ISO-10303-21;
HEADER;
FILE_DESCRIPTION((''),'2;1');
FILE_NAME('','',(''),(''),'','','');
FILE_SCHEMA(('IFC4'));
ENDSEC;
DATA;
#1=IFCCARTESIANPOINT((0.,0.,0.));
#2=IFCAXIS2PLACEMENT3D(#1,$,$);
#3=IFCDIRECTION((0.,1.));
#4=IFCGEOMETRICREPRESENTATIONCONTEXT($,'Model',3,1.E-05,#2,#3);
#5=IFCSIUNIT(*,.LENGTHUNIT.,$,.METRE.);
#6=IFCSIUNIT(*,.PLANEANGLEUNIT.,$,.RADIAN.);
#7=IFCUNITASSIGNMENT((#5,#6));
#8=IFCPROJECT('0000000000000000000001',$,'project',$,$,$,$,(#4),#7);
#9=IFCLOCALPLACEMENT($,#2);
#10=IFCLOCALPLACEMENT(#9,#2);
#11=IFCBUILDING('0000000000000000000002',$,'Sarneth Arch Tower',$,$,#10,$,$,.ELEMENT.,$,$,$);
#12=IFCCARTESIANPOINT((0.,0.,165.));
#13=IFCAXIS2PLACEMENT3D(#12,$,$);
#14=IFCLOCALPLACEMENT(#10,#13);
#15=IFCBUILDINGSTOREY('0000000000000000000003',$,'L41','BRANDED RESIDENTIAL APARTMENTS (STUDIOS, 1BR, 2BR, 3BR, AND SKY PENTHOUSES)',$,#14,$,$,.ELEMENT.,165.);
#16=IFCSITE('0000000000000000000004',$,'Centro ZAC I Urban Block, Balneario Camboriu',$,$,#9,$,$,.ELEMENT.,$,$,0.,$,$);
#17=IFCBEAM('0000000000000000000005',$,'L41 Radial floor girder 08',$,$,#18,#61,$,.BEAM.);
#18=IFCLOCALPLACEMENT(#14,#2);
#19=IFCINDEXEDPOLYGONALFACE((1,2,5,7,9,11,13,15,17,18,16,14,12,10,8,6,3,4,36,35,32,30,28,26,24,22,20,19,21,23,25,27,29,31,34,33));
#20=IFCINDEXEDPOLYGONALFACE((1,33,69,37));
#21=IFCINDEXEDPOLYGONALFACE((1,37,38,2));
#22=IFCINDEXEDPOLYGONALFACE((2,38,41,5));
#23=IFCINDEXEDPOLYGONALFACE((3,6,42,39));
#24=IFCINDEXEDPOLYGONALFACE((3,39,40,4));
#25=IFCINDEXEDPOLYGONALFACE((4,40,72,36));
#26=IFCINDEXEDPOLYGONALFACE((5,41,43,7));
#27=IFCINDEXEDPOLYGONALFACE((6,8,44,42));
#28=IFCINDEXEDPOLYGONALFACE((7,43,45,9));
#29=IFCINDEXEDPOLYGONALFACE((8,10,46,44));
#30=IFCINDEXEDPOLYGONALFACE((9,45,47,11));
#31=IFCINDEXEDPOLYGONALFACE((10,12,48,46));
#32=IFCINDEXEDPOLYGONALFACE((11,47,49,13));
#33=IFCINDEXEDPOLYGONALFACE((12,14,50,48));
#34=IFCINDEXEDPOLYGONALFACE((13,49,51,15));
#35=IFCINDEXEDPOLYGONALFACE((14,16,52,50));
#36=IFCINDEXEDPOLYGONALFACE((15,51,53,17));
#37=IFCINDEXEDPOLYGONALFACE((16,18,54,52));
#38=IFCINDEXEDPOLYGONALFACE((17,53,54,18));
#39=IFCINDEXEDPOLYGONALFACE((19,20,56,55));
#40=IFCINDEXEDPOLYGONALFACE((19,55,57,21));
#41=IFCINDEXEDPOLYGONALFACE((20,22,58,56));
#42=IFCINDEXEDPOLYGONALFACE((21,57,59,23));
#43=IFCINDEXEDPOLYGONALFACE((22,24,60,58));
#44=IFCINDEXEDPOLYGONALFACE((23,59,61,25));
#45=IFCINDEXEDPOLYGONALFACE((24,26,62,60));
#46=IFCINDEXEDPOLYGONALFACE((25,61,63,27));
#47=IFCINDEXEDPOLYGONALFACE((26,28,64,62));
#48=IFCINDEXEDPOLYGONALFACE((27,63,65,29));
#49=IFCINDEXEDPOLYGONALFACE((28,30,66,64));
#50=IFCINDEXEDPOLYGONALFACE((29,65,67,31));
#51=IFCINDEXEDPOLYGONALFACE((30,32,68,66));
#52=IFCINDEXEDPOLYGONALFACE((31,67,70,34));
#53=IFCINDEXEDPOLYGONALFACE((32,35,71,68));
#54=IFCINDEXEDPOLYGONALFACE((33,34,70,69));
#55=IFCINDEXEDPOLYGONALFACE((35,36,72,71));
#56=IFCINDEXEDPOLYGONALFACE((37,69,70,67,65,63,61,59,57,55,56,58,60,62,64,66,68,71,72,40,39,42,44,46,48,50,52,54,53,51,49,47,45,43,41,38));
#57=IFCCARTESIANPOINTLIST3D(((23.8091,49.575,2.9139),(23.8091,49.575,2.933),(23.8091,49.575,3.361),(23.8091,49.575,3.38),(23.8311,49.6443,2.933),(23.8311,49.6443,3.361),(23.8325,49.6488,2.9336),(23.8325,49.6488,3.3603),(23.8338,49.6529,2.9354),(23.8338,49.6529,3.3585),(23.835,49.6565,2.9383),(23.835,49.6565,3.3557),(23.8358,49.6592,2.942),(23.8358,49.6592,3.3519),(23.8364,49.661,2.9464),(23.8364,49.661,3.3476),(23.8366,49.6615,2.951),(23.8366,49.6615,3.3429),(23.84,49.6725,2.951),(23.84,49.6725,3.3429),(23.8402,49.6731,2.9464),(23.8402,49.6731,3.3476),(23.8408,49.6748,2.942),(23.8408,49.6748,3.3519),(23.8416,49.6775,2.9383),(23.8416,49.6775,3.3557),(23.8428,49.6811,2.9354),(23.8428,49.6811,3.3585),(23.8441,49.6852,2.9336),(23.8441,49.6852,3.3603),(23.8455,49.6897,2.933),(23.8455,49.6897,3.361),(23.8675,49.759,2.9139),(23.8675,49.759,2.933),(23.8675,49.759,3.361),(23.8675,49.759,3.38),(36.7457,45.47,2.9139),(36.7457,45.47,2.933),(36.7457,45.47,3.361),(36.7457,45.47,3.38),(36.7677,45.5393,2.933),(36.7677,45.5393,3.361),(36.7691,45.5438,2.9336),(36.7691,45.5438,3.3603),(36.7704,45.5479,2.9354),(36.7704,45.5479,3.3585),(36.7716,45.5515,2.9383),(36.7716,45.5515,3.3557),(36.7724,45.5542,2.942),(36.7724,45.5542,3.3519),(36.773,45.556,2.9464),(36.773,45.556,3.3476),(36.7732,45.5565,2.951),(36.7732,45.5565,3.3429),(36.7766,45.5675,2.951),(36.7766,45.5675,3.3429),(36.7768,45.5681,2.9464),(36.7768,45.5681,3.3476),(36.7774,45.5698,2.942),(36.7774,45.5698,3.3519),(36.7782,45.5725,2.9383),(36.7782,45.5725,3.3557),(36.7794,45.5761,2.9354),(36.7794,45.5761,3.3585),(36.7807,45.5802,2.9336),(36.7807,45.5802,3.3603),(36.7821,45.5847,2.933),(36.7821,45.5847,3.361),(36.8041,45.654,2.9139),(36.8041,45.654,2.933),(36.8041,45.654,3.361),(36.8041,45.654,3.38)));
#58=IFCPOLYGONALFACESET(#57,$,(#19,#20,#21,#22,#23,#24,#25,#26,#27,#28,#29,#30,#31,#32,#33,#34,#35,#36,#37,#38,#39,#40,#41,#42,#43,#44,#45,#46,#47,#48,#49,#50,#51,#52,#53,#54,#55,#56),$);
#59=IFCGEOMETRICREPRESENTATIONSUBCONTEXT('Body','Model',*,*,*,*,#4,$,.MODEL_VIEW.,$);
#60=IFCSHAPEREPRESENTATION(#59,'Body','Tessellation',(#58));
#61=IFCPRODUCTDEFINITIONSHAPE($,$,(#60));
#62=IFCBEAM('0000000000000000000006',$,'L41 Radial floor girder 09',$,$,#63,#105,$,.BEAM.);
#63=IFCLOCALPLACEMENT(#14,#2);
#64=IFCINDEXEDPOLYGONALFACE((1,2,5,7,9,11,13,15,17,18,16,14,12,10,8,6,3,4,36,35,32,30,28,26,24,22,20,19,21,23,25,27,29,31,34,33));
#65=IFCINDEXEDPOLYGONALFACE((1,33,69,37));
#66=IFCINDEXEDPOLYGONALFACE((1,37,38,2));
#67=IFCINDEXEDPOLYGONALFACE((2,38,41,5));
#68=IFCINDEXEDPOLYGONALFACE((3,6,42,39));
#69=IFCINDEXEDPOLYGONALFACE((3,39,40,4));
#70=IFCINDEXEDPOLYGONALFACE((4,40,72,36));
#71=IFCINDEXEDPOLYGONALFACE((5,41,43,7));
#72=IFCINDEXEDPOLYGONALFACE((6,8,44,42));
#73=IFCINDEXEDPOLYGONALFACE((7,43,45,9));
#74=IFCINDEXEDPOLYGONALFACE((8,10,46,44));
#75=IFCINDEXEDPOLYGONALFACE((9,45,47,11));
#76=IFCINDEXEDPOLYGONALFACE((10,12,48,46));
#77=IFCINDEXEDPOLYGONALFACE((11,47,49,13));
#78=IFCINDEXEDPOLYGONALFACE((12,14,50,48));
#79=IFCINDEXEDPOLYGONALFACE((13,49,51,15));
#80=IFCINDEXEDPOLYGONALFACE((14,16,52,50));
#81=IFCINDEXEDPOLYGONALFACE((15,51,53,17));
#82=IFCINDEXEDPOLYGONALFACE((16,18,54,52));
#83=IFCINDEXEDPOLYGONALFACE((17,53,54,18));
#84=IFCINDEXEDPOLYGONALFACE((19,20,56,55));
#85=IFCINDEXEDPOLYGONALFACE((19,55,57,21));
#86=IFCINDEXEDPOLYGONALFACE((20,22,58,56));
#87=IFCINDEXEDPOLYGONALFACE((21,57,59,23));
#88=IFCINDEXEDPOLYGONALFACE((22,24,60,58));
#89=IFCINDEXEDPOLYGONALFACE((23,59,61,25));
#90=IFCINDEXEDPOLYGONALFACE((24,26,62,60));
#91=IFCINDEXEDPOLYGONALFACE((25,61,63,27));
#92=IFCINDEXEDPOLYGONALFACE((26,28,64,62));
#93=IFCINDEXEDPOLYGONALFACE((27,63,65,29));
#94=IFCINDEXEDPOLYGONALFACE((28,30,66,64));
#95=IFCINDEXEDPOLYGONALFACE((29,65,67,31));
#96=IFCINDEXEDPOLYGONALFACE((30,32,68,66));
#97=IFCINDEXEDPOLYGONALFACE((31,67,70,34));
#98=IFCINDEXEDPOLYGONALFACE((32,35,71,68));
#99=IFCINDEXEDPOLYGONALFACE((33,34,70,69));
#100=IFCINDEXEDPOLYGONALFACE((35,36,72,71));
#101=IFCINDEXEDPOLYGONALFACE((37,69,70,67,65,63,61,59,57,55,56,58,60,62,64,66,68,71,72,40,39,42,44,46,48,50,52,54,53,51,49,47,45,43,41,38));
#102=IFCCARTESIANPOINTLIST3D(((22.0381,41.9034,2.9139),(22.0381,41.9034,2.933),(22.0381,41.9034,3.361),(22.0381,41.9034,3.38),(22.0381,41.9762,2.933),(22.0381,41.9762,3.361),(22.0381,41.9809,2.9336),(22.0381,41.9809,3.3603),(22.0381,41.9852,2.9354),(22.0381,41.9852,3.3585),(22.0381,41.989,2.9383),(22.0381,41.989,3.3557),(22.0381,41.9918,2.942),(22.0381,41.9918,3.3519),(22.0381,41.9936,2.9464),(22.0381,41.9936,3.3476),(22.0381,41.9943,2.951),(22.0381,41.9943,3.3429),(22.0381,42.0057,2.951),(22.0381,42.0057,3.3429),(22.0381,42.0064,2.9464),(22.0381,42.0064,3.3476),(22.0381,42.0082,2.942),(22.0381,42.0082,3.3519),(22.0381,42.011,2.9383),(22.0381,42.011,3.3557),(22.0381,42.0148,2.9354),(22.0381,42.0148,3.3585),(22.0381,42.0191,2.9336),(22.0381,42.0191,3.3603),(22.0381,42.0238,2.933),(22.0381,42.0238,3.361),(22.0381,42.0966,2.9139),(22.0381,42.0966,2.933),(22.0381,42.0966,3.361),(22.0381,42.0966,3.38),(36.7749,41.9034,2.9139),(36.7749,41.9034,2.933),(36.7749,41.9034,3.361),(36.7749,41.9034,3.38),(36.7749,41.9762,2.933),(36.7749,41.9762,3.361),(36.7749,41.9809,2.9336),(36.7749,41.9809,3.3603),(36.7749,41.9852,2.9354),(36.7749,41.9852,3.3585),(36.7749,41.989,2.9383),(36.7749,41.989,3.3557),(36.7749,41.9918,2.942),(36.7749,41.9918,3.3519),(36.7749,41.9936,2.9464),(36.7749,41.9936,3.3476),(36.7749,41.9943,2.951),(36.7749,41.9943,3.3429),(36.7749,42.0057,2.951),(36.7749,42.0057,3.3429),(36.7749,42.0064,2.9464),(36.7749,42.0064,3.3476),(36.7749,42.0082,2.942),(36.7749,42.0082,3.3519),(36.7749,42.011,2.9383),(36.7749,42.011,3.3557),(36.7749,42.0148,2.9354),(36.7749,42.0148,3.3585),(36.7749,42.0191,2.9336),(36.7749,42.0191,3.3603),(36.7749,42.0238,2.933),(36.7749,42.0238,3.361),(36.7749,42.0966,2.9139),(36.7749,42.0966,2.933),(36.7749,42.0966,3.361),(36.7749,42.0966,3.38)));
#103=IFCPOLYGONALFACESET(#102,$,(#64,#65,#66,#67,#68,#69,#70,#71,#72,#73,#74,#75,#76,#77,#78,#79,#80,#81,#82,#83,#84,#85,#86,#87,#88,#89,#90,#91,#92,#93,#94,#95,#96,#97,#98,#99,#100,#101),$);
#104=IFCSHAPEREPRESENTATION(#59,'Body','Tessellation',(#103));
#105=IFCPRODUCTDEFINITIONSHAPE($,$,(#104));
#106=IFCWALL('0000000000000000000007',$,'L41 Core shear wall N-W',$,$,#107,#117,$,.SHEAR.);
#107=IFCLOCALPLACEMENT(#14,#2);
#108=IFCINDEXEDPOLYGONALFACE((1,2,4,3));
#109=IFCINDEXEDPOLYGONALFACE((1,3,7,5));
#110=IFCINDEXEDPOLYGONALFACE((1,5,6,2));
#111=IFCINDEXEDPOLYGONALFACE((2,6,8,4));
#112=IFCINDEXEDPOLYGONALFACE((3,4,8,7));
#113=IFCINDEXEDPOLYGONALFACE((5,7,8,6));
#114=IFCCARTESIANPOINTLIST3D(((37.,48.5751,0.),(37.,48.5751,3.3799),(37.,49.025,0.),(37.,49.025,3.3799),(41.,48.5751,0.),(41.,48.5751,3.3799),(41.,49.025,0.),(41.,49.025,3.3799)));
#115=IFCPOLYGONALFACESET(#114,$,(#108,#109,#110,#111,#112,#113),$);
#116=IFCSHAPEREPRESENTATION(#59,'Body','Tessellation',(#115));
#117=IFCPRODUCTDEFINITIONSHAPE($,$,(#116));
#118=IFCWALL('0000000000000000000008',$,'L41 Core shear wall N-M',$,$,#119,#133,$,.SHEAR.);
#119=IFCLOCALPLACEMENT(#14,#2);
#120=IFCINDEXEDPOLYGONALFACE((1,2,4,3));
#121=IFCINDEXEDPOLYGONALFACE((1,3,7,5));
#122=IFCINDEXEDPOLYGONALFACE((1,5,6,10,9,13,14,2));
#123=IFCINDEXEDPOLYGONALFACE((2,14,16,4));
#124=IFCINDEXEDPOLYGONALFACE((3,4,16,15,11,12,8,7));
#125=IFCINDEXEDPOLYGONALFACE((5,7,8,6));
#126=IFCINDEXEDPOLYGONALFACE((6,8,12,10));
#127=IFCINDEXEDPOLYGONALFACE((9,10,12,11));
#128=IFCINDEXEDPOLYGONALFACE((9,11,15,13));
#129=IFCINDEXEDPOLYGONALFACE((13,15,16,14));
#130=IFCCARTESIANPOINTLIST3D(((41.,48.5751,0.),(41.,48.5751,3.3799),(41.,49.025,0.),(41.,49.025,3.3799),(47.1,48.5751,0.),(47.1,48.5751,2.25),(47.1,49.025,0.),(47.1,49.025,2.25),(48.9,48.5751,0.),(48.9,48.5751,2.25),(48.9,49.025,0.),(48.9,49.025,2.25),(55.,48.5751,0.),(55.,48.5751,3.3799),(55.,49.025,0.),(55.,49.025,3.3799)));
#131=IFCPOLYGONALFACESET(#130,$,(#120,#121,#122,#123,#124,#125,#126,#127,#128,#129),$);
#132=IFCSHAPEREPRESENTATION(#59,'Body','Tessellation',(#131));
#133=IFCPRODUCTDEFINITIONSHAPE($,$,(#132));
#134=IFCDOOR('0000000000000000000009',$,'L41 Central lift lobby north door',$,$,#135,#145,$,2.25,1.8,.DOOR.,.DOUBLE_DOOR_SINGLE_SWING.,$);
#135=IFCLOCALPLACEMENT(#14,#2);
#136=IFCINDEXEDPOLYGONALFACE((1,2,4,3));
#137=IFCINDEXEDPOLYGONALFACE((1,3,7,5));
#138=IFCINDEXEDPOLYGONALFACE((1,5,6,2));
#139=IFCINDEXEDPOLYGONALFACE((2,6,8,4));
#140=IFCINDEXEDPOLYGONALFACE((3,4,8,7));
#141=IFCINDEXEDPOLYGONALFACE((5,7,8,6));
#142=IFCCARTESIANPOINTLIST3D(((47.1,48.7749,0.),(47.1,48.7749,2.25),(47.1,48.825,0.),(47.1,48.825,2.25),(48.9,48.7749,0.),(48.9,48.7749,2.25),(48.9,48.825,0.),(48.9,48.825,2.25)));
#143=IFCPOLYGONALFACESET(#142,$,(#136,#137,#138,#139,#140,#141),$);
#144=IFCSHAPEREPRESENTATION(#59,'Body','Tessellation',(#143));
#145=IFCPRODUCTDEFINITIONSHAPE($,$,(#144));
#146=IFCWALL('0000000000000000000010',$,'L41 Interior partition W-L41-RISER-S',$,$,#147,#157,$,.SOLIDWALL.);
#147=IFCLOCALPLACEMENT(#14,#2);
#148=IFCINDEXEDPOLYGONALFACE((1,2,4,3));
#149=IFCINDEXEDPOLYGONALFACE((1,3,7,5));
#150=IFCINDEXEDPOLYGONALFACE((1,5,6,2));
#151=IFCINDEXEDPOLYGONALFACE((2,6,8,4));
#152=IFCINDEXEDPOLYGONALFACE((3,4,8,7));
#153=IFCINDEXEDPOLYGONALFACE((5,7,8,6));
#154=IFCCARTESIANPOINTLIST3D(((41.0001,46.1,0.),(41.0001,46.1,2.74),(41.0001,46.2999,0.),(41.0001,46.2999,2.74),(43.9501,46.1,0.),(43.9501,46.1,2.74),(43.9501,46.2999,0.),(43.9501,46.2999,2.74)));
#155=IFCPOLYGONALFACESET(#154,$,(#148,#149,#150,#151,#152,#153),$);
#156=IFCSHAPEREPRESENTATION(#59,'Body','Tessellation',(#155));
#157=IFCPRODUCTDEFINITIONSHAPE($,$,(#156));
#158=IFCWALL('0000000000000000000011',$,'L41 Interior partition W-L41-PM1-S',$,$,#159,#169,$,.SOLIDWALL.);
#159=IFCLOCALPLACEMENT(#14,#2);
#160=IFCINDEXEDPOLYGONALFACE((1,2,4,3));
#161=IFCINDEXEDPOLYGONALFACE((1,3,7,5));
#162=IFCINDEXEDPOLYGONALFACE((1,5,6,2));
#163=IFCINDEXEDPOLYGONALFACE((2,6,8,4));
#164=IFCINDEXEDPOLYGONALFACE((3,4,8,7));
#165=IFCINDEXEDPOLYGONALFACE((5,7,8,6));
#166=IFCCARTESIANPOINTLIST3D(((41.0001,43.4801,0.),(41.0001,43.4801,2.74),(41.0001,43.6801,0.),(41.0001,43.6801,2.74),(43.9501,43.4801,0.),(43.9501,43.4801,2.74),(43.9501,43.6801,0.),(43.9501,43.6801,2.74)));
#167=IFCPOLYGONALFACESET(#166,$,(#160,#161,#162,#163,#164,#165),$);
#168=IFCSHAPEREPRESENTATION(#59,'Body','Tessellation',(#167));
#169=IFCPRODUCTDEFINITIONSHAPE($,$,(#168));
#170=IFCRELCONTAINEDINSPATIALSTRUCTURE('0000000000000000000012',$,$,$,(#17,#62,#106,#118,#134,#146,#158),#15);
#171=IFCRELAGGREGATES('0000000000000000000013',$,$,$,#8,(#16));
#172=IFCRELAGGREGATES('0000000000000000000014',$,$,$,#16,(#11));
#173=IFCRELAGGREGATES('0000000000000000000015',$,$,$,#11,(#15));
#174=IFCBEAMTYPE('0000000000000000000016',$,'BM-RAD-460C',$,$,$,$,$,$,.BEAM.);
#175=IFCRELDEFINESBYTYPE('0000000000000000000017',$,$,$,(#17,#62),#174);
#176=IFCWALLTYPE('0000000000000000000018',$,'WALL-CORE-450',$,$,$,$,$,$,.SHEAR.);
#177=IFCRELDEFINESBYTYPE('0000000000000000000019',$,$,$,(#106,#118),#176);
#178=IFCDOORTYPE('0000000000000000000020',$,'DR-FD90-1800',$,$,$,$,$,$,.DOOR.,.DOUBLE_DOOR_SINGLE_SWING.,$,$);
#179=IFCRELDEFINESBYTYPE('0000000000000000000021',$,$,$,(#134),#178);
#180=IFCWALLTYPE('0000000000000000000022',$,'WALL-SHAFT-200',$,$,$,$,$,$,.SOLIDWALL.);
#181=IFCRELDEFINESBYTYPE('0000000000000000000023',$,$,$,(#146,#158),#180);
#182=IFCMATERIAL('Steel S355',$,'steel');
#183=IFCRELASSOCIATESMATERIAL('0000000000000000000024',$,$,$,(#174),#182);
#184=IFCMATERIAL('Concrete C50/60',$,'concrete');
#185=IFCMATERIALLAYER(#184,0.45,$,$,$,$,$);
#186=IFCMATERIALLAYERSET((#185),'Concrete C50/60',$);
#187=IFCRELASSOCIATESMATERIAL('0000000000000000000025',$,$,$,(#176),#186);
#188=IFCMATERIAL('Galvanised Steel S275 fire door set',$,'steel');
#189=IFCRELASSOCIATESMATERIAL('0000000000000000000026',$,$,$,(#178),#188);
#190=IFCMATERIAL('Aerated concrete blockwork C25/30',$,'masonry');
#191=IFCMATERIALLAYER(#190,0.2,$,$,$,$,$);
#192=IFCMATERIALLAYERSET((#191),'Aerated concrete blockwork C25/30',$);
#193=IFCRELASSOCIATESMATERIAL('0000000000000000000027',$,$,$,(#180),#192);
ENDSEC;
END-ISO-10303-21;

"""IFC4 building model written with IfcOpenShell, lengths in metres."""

from ifc_helpers import new_model, si_unit, direction, frame, frame_2d, origin, origin_2d, place, context, subcontext, project, spatial, rectangle, i_section, extrude, material, layer, layer_set, material_profile, profile_set, type_object, element, fill, save


model = new_model("IFC4")

# Units and contexts
model_context = context("Model", 3, precision=1e-05, world=origin(), true_north=direction((0.0, 1.0)))
body_context = subcontext(model_context, "Body", "Model", "MODEL_VIEW")
ifc_project = project(units=[si_unit("LENGTHUNIT", "METRE"), si_unit("PLANEANGLEUNIT", "RADIAN")], contexts=[model_context])

# Site, building, storey
site_placement = place(None, origin())
site = spatial("IfcSite", under=ifc_project, at=site_placement, Name="Centro ZAC I Urban Block, Balneario Camboriu", CompositionType="ELEMENT", RefElevation=0.0)
building_placement = place(site_placement, origin())
building = spatial("IfcBuilding", under=site, at=building_placement, Name="Sarneth Arch Tower", CompositionType="ELEMENT")
storey_placement = place(building_placement, frame((0.0, 0.0, 165.0)))
storey = spatial("IfcBuildingStorey", under=building, at=storey_placement, Name="L41", Description="BRANDED RESIDENTIAL APARTMENTS (STUDIOS, 1BR, 2BR, 3BR, AND SKY PENTHOUSES)", CompositionType="ELEMENT", Elevation=165.0)

# Beams
ifc_material_1 = material(Name="Steel S355", Category="steel")
ifc_material_profile_1 = material_profile(ifc_material_1, i_section(OverallWidth=0.1931, OverallDepth=0.4661, WebThickness=0.0115, FlangeThickness=0.019, FilletRadius=0.0181, at=origin_2d()), Name="W460x97")
ifc_profile_set_1 = profile_set([ifc_material_profile_1], Name="Steel S355")
beam_type_1 = type_object("IfcBeamType", Name="BM-RAD-460C", PredefinedType="BEAM", material=ifc_profile_set_1)
beam_1_placement = place(storey_placement, frame((36.7749, 45.562, 3.147), z_axis=(-0.953164, 0.302455, 0.0), x_axis=(-0.302455, -0.953164, 0.0)))
element("IfcBeam", 1, at=beam_1_placement, inside=storey, type_object=beam_type_1, Name="L41 Radial floor girder 08", PredefinedType="BEAM", context=body_context, shape_type="SweptSolid", body=[
    extrude(i_section(OverallWidth=0.1931, OverallDepth=0.4661, WebThickness=0.0115, FlangeThickness=0.019, FilletRadius=0.0181, at=origin_2d()), origin(), (0.0, 0.0, 1.0), 13.5723),
])
beam_2_placement = place(storey_placement, frame((36.7749, 42.0, 3.147), z_axis=(-1.0, 0.0, 0.0), x_axis=(0.0, -1.0, 0.0)))
element("IfcBeam", 2, at=beam_2_placement, inside=storey, type_object=beam_type_1, Name="L41 Radial floor girder 09", PredefinedType="BEAM", context=body_context, shape_type="SweptSolid", body=[
    extrude(i_section(OverallWidth=0.1931, OverallDepth=0.4661, WebThickness=0.0115, FlangeThickness=0.019, FilletRadius=0.0181, at=origin_2d()), origin(), (0.0, 0.0, 1.0), 14.7368),
])

# Wall
ifc_material_2 = material(Name="Concrete C50/60", Category="concrete")
ifc_layer_1 = layer(ifc_material_2, 0.45)
ifc_layer_set_1 = layer_set([ifc_layer_1], Name="Concrete C50/60")
wall_type_1 = type_object("IfcWallType", Name="WALL-CORE-450", PredefinedType="SHEAR", material=ifc_layer_set_1)
wall_1_placement = place(storey_placement, frame((37.0, 48.8, 0.0), z_axis=(0.0, 0.0, 1.0), x_axis=(1.0, 0.0, 0.0)))
element("IfcWall", 3, at=wall_1_placement, inside=storey, type_object=wall_type_1, Name="L41 Core shear wall N-W", PredefinedType="SHEAR", context=body_context, shape_type="SweptSolid", body=[
    extrude(rectangle(XDim=4.0, YDim=0.45, at=frame_2d((2.0, 0.0))), origin(), (0.0, 0.0, 1.0), 3.3799),
])

# Wall, opening, door
wall_2_placement = place(storey_placement, frame((41.0, 48.8, 0.0), z_axis=(0.0, 0.0, 1.0), x_axis=(1.0, 0.0, 0.0)))
wall_2 = element("IfcWall", 4, at=wall_2_placement, inside=storey, type_object=wall_type_1, Name="L41 Core shear wall N-M", PredefinedType="SHEAR", context=body_context, shape_type="SweptSolid", body=[
    extrude(rectangle(XDim=14.0, YDim=0.45, at=frame_2d((7.0, 0.0))), origin(), (0.0, 0.0, 1.0), 3.3799),
])
opening_1_placement = place(wall_2_placement, frame((6.1001, 0.0, 0.0)))
opening_1 = element("IfcOpeningElement", 5, at=opening_1_placement, cuts=wall_2, PredefinedType="OPENING", context=body_context, shape_type="SweptSolid", body=[
    extrude(rectangle(XDim=1.8, YDim=2.25, at=frame_2d((0.8999, 1.125))), frame((0.0, 0.2349, 0.0), z_axis=(0.0, -1.0, 0.0), x_axis=(1.0, 0.0, 0.0)), (0.0, 0.0, 1.0), 0.47),
])
ifc_material_3 = material(Name="Galvanised Steel S275 fire door set", Category="steel")
door_type_1 = type_object("IfcDoorType", Name="DR-FD90-1800", OperationType="DOUBLE_DOOR_SINGLE_SWING", PredefinedType="DOOR", material=ifc_material_3)
door_1_placement = place(opening_1_placement, origin())
door_1 = element("IfcDoor", 6, at=door_1_placement, inside=storey, type_object=door_type_1, Name="L41 Central lift lobby north door", OperationType="DOUBLE_DOOR_SINGLE_SWING", OverallHeight=2.25, OverallWidth=1.8, PredefinedType="DOOR", context=body_context, shape_type="SweptSolid", body=[
    extrude(rectangle(XDim=1.8, YDim=2.25, at=frame_2d((0.8999, 1.125))), frame((0.0, 0.0249, 0.0), z_axis=(0.0, -1.0, 0.0), x_axis=(1.0, 0.0, 0.0)), (0.0, 0.0, 1.0), 0.05),
])
fill(opening_1, door_1)

# Wall
ifc_material_4 = material(Name="Aerated concrete blockwork C25/30", Category="masonry")
ifc_layer_2 = layer(ifc_material_4, 0.2)
ifc_layer_set_2 = layer_set([ifc_layer_2], Name="Aerated concrete blockwork C25/30")
wall_type_2 = type_object("IfcWallType", Name="WALL-SHAFT-200", PredefinedType="SOLIDWALL", material=ifc_layer_set_2)
wall_3_placement = place(storey_placement, frame((41.0, 46.2, 0.0), z_axis=(0.0, 0.0, 1.0), x_axis=(1.0, 0.0, 0.0)))
element("IfcWall", 7, at=wall_3_placement, inside=storey, type_object=wall_type_2, Name="L41 Interior partition W-L41-RISER-S", PredefinedType="SOLIDWALL", context=body_context, shape_type="SweptSolid", body=[
    extrude(rectangle(XDim=2.95, YDim=0.2, at=frame_2d((1.4751, 0.0))), origin(), (0.0, 0.0, 1.0), 2.74),
])

# Wall
wall_4_placement = place(storey_placement, frame((41.0, 43.5801, 0.0), z_axis=(0.0, 0.0, 1.0), x_axis=(1.0, 0.0, 0.0)))
element("IfcWall", 8, at=wall_4_placement, inside=storey, type_object=wall_type_2, Name="L41 Interior partition W-L41-PM1-S", PredefinedType="SOLIDWALL", context=body_context, shape_type="SweptSolid", body=[
    extrude(rectangle(XDim=2.95, YDim=0.2, at=frame_2d((1.4751, 0.0))), origin(), (0.0, 0.0, 1.0), 2.74),
])

save(model, "model.ifc")
